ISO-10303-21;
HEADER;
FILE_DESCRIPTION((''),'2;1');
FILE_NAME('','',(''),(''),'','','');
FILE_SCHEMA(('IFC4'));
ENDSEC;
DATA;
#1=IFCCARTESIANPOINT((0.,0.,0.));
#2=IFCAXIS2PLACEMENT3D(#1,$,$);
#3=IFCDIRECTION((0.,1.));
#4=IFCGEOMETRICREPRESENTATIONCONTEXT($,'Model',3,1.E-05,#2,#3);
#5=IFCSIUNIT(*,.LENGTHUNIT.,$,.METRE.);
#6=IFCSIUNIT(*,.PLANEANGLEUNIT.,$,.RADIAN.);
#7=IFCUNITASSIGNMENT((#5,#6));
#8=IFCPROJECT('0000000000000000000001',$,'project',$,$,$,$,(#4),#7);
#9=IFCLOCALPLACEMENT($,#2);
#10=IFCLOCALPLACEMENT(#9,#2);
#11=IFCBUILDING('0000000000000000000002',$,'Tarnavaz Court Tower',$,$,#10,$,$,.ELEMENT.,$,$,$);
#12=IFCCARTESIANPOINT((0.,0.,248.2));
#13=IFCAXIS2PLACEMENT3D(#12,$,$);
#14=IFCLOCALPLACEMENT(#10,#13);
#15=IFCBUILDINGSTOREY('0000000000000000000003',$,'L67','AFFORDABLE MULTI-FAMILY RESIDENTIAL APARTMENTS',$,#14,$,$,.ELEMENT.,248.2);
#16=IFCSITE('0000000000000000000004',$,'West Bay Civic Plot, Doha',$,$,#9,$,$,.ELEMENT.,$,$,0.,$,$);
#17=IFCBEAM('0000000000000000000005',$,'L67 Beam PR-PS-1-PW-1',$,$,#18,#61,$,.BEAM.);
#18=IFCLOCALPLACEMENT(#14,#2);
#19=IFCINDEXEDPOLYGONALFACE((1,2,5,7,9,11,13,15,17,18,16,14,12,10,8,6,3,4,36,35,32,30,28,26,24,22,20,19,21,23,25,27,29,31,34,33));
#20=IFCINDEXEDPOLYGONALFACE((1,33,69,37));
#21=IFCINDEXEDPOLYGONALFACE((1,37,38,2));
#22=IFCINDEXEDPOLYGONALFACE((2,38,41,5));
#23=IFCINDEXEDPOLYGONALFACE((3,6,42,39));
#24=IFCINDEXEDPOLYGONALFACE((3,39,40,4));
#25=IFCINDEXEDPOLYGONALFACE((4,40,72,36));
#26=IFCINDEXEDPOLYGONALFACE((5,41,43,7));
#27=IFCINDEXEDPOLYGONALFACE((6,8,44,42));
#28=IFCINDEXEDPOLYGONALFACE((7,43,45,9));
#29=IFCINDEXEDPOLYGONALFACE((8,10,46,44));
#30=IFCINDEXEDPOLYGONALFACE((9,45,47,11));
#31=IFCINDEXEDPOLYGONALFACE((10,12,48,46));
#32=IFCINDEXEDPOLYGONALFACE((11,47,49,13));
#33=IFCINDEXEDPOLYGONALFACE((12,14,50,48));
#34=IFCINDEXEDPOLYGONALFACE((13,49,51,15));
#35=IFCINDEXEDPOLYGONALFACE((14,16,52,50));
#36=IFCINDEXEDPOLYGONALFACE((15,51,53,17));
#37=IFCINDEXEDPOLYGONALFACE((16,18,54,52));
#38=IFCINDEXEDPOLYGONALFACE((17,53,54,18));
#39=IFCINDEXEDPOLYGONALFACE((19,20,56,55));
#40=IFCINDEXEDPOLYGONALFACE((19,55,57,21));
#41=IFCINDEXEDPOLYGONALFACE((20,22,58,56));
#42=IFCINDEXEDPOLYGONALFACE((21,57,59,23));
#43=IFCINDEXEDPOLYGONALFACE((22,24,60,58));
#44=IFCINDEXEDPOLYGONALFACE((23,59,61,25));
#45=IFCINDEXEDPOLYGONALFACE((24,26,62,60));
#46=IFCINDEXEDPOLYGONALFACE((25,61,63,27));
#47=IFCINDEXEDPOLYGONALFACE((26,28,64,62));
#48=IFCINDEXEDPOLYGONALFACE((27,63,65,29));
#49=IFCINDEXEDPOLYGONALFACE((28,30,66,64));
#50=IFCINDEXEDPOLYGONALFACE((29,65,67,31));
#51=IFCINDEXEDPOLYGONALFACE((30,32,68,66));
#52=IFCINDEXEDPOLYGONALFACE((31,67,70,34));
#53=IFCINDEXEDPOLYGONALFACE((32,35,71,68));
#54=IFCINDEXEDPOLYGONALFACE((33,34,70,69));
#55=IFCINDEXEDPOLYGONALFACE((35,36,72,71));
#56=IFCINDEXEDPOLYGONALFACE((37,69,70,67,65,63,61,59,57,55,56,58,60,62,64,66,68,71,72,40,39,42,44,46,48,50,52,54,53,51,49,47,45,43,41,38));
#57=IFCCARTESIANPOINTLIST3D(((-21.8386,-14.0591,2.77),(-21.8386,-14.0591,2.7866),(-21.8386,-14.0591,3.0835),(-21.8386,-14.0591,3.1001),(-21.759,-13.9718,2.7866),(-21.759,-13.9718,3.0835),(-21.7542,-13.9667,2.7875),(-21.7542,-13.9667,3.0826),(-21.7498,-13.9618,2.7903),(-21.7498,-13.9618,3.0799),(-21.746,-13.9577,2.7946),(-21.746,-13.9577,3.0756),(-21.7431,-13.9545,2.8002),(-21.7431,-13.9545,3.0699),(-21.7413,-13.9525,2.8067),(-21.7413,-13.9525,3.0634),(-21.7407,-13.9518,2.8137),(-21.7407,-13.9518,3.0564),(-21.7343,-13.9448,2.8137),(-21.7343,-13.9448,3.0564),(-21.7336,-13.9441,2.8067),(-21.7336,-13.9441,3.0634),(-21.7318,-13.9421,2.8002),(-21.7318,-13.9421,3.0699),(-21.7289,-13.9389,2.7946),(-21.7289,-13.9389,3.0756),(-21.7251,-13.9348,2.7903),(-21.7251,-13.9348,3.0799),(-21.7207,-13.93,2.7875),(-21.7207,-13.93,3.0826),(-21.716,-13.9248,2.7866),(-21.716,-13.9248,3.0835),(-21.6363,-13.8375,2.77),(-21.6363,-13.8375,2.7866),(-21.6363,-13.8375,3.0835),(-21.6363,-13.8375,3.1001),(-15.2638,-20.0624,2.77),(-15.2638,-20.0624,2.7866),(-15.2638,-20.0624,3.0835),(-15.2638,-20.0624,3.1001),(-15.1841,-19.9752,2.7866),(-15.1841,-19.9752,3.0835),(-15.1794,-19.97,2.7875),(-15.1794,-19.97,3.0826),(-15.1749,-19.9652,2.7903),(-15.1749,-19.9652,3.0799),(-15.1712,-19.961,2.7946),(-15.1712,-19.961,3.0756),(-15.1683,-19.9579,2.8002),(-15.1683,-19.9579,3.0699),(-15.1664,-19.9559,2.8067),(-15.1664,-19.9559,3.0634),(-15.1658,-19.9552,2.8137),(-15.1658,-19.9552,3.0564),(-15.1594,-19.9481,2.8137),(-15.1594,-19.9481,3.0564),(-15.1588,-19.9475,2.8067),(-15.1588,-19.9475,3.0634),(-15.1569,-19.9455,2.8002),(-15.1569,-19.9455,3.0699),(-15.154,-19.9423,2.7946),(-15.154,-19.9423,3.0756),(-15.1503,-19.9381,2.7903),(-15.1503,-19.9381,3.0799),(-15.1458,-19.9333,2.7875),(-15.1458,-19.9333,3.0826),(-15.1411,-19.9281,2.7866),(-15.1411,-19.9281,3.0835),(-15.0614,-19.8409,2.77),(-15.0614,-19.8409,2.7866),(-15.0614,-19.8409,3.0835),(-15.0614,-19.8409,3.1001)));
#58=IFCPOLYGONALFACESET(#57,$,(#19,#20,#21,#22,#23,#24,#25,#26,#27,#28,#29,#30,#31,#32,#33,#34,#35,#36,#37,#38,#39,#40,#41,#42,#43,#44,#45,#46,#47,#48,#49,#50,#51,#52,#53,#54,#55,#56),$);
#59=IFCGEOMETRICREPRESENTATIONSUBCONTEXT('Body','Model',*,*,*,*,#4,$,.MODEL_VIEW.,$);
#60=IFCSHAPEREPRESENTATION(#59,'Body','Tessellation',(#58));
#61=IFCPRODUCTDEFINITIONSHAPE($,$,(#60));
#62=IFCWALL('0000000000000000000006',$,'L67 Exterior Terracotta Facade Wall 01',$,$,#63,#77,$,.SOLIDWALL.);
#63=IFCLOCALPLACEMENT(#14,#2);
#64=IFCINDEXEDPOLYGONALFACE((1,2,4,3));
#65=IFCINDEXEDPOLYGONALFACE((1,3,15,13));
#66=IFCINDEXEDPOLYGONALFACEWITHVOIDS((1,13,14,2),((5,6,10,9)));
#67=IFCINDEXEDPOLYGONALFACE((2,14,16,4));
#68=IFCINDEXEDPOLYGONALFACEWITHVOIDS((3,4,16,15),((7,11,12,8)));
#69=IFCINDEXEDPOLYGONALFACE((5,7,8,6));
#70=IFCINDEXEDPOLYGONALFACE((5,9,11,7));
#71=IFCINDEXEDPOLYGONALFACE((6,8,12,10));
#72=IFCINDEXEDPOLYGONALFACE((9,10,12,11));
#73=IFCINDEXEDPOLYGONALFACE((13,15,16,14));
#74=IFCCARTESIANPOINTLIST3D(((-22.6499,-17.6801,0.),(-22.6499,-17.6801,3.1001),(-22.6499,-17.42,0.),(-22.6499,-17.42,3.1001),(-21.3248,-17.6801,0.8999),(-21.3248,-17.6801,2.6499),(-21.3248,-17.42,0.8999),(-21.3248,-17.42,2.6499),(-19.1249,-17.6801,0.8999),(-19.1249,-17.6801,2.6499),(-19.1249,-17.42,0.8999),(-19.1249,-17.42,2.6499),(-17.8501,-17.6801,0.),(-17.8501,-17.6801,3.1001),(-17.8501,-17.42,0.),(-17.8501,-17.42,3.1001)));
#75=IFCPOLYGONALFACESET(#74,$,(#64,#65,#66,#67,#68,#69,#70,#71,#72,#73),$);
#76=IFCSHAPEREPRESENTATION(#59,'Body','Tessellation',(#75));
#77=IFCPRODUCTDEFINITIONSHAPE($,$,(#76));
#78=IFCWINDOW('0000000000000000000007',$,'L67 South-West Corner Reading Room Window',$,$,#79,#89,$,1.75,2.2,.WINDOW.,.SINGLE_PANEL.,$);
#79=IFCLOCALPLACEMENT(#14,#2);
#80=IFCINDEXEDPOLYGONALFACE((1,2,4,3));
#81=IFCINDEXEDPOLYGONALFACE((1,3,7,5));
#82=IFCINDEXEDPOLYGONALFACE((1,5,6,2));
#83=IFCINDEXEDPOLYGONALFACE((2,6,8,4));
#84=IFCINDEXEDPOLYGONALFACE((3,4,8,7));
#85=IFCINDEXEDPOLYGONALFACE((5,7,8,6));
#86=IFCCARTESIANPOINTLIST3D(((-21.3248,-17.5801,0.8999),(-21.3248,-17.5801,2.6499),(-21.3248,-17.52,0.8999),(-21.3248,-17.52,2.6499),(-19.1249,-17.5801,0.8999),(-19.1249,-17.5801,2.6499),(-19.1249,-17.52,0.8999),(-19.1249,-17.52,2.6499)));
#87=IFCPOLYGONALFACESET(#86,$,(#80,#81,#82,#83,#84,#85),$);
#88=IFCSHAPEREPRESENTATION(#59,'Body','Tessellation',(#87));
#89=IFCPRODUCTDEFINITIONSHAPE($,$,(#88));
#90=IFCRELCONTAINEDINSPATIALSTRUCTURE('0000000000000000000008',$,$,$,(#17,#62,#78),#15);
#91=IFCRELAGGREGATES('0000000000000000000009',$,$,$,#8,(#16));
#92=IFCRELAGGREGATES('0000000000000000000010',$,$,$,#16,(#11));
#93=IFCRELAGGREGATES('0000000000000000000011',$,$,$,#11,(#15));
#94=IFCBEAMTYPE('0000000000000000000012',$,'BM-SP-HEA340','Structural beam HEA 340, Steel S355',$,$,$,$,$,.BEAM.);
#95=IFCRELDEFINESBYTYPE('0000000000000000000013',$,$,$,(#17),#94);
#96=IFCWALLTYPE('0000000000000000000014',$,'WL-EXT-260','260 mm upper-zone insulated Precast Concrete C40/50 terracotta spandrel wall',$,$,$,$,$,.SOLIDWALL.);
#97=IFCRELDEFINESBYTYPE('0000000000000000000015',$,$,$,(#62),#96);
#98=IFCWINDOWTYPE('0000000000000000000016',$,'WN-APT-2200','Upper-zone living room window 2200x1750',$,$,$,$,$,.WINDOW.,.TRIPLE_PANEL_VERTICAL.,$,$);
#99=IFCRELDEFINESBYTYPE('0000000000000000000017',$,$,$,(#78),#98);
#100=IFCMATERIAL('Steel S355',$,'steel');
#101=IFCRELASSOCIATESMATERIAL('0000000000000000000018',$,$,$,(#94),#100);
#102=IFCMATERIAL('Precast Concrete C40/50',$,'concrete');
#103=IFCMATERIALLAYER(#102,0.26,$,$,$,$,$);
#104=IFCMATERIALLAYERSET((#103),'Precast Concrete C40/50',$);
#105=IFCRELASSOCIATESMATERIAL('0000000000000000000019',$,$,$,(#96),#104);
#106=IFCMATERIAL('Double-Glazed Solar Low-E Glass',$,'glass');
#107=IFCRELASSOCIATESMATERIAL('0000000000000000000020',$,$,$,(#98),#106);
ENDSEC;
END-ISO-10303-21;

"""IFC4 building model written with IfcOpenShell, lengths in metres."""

from ifc_helpers import new_model, si_unit, direction, frame, frame_2d, origin, origin_2d, place, context, subcontext, project, spatial, rectangle, i_section, extrude, material, layer, layer_set, material_profile, profile_set, type_object, element, fill, save


model = new_model("IFC4")

# Units and contexts
model_context = context("Model", 3, precision=1e-05, world=origin(), true_north=direction((0.0, 1.0)))
body_context = subcontext(model_context, "Body", "Model", "MODEL_VIEW")
ifc_project = project(units=[si_unit("LENGTHUNIT", "METRE"), si_unit("PLANEANGLEUNIT", "RADIAN")], contexts=[model_context])

# Site, building, storey
site_placement = place(None, origin())
site = spatial("IfcSite", under=ifc_project, at=site_placement, Name="West Bay Civic Plot, Doha", CompositionType="ELEMENT", RefElevation=0.0)
building_placement = place(site_placement, origin())
building = spatial("IfcBuilding", under=site, at=building_placement, Name="Tarnavaz Court Tower", CompositionType="ELEMENT")
storey_placement = place(building_placement, frame((0.0, 0.0, 248.2)))
storey = spatial("IfcBuildingStorey", under=building, at=storey_placement, Name="L67", Description="AFFORDABLE MULTI-FAMILY RESIDENTIAL APARTMENTS", CompositionType="ELEMENT", Elevation=248.2)

# Beam
ifc_material_1 = material(Name="Steel S355", Category="steel")
ifc_material_profile_1 = material_profile(ifc_material_1, i_section(OverallWidth=0.3, OverallDepth=0.3301, WebThickness=0.0095, FlangeThickness=0.0166, FilletRadius=0.0271, at=origin_2d()), Name="HEA 340")
ifc_profile_set_1 = profile_set([ifc_material_profile_1], Name="Steel S355")
beam_type_1 = type_object("IfcBeamType", Name="BM-SP-HEA340", Description="Structural beam HEA 340, Steel S355", PredefinedType="BEAM", material=ifc_profile_set_1)
beam_1_placement = place(storey_placement, frame((-15.1626, -19.9517, 2.9351), z_axis=(-0.738474, 0.674282, 0.0), x_axis=(-0.674282, -0.738474, 0.0)))
element("IfcBeam", 1, at=beam_1_placement, inside=storey, type_object=beam_type_1, Name="L67 Beam PR-PS-1-PW-1", PredefinedType="BEAM", context=body_context, shape_type="SweptSolid", body=[
    extrude(i_section(OverallWidth=0.3, OverallDepth=0.3301, WebThickness=0.0095, FlangeThickness=0.0166, FilletRadius=0.0271, at=origin_2d()), origin(), (0.0, 0.0, 1.0), 8.9033),
])

# Wall, opening, window
ifc_material_2 = material(Name="Precast Concrete C40/50", Category="concrete")
ifc_layer_1 = layer(ifc_material_2, 0.26)
ifc_layer_set_1 = layer_set([ifc_layer_1], Name="Precast Concrete C40/50")
wall_type_1 = type_object("IfcWallType", Name="WL-EXT-260", Description="260 mm upper-zone insulated Precast Concrete C40/50 terracotta spandrel wall", PredefinedType="SOLIDWALL", material=ifc_layer_set_1)
wall_1_placement = place(storey_placement, frame((-17.8501, -17.55, 0.0), z_axis=(0.0, 0.0, 1.0), x_axis=(-1.0, 0.0, 0.0)))
wall_1 = element("IfcWall", 2, at=wall_1_placement, inside=storey, type_object=wall_type_1, Name="L67 Exterior Terracotta Facade Wall 01", PredefinedType="SOLIDWALL", context=body_context, shape_type="SweptSolid", body=[
    extrude(rectangle(XDim=4.7998, YDim=0.26, at=frame_2d((2.3999, 0.0))), origin(), (0.0, 0.0, 1.0), 3.1001),
])
opening_1_placement = place(wall_1_placement, frame((1.2747, 0.0, 0.8999)))
opening_1 = element("IfcOpeningElement", 3, at=opening_1_placement, cuts=wall_1, PredefinedType="OPENING", context=body_context, shape_type="SweptSolid", body=[
    extrude(rectangle(XDim=2.2, YDim=1.75, at=frame_2d((1.1001, 0.875))), frame((0.0, 0.1399, 0.0), z_axis=(0.0, -1.0, 0.0), x_axis=(1.0, 0.0, 0.0)), (0.0, 0.0, 1.0), 0.28),
])
ifc_material_3 = material(Name="Double-Glazed Solar Low-E Glass", Category="glass")
window_type_1 = type_object("IfcWindowType", Name="WN-APT-2200", Description="Upper-zone living room window 2200x1750", PartitioningType="TRIPLE_PANEL_VERTICAL", PredefinedType="WINDOW", material=ifc_material_3)
window_1_placement = place(opening_1_placement, origin())
window_1 = element("IfcWindow", 4, at=window_1_placement, inside=storey, type_object=window_type_1, Name="L67 South-West Corner Reading Room Window", OverallHeight=1.75, OverallWidth=2.2, PartitioningType="SINGLE_PANEL", PredefinedType="WINDOW", context=body_context, shape_type="SweptSolid", body=[
    extrude(rectangle(XDim=2.2, YDim=1.75, at=frame_2d((1.1001, 0.875))), frame((0.0, 0.03, 0.0), z_axis=(0.0, -1.0, 0.0), x_axis=(1.0, 0.0, 0.0)), (0.0, 0.0, 1.0), 0.0601),
])
fill(opening_1, window_1)

save(model, "model.ifc")
